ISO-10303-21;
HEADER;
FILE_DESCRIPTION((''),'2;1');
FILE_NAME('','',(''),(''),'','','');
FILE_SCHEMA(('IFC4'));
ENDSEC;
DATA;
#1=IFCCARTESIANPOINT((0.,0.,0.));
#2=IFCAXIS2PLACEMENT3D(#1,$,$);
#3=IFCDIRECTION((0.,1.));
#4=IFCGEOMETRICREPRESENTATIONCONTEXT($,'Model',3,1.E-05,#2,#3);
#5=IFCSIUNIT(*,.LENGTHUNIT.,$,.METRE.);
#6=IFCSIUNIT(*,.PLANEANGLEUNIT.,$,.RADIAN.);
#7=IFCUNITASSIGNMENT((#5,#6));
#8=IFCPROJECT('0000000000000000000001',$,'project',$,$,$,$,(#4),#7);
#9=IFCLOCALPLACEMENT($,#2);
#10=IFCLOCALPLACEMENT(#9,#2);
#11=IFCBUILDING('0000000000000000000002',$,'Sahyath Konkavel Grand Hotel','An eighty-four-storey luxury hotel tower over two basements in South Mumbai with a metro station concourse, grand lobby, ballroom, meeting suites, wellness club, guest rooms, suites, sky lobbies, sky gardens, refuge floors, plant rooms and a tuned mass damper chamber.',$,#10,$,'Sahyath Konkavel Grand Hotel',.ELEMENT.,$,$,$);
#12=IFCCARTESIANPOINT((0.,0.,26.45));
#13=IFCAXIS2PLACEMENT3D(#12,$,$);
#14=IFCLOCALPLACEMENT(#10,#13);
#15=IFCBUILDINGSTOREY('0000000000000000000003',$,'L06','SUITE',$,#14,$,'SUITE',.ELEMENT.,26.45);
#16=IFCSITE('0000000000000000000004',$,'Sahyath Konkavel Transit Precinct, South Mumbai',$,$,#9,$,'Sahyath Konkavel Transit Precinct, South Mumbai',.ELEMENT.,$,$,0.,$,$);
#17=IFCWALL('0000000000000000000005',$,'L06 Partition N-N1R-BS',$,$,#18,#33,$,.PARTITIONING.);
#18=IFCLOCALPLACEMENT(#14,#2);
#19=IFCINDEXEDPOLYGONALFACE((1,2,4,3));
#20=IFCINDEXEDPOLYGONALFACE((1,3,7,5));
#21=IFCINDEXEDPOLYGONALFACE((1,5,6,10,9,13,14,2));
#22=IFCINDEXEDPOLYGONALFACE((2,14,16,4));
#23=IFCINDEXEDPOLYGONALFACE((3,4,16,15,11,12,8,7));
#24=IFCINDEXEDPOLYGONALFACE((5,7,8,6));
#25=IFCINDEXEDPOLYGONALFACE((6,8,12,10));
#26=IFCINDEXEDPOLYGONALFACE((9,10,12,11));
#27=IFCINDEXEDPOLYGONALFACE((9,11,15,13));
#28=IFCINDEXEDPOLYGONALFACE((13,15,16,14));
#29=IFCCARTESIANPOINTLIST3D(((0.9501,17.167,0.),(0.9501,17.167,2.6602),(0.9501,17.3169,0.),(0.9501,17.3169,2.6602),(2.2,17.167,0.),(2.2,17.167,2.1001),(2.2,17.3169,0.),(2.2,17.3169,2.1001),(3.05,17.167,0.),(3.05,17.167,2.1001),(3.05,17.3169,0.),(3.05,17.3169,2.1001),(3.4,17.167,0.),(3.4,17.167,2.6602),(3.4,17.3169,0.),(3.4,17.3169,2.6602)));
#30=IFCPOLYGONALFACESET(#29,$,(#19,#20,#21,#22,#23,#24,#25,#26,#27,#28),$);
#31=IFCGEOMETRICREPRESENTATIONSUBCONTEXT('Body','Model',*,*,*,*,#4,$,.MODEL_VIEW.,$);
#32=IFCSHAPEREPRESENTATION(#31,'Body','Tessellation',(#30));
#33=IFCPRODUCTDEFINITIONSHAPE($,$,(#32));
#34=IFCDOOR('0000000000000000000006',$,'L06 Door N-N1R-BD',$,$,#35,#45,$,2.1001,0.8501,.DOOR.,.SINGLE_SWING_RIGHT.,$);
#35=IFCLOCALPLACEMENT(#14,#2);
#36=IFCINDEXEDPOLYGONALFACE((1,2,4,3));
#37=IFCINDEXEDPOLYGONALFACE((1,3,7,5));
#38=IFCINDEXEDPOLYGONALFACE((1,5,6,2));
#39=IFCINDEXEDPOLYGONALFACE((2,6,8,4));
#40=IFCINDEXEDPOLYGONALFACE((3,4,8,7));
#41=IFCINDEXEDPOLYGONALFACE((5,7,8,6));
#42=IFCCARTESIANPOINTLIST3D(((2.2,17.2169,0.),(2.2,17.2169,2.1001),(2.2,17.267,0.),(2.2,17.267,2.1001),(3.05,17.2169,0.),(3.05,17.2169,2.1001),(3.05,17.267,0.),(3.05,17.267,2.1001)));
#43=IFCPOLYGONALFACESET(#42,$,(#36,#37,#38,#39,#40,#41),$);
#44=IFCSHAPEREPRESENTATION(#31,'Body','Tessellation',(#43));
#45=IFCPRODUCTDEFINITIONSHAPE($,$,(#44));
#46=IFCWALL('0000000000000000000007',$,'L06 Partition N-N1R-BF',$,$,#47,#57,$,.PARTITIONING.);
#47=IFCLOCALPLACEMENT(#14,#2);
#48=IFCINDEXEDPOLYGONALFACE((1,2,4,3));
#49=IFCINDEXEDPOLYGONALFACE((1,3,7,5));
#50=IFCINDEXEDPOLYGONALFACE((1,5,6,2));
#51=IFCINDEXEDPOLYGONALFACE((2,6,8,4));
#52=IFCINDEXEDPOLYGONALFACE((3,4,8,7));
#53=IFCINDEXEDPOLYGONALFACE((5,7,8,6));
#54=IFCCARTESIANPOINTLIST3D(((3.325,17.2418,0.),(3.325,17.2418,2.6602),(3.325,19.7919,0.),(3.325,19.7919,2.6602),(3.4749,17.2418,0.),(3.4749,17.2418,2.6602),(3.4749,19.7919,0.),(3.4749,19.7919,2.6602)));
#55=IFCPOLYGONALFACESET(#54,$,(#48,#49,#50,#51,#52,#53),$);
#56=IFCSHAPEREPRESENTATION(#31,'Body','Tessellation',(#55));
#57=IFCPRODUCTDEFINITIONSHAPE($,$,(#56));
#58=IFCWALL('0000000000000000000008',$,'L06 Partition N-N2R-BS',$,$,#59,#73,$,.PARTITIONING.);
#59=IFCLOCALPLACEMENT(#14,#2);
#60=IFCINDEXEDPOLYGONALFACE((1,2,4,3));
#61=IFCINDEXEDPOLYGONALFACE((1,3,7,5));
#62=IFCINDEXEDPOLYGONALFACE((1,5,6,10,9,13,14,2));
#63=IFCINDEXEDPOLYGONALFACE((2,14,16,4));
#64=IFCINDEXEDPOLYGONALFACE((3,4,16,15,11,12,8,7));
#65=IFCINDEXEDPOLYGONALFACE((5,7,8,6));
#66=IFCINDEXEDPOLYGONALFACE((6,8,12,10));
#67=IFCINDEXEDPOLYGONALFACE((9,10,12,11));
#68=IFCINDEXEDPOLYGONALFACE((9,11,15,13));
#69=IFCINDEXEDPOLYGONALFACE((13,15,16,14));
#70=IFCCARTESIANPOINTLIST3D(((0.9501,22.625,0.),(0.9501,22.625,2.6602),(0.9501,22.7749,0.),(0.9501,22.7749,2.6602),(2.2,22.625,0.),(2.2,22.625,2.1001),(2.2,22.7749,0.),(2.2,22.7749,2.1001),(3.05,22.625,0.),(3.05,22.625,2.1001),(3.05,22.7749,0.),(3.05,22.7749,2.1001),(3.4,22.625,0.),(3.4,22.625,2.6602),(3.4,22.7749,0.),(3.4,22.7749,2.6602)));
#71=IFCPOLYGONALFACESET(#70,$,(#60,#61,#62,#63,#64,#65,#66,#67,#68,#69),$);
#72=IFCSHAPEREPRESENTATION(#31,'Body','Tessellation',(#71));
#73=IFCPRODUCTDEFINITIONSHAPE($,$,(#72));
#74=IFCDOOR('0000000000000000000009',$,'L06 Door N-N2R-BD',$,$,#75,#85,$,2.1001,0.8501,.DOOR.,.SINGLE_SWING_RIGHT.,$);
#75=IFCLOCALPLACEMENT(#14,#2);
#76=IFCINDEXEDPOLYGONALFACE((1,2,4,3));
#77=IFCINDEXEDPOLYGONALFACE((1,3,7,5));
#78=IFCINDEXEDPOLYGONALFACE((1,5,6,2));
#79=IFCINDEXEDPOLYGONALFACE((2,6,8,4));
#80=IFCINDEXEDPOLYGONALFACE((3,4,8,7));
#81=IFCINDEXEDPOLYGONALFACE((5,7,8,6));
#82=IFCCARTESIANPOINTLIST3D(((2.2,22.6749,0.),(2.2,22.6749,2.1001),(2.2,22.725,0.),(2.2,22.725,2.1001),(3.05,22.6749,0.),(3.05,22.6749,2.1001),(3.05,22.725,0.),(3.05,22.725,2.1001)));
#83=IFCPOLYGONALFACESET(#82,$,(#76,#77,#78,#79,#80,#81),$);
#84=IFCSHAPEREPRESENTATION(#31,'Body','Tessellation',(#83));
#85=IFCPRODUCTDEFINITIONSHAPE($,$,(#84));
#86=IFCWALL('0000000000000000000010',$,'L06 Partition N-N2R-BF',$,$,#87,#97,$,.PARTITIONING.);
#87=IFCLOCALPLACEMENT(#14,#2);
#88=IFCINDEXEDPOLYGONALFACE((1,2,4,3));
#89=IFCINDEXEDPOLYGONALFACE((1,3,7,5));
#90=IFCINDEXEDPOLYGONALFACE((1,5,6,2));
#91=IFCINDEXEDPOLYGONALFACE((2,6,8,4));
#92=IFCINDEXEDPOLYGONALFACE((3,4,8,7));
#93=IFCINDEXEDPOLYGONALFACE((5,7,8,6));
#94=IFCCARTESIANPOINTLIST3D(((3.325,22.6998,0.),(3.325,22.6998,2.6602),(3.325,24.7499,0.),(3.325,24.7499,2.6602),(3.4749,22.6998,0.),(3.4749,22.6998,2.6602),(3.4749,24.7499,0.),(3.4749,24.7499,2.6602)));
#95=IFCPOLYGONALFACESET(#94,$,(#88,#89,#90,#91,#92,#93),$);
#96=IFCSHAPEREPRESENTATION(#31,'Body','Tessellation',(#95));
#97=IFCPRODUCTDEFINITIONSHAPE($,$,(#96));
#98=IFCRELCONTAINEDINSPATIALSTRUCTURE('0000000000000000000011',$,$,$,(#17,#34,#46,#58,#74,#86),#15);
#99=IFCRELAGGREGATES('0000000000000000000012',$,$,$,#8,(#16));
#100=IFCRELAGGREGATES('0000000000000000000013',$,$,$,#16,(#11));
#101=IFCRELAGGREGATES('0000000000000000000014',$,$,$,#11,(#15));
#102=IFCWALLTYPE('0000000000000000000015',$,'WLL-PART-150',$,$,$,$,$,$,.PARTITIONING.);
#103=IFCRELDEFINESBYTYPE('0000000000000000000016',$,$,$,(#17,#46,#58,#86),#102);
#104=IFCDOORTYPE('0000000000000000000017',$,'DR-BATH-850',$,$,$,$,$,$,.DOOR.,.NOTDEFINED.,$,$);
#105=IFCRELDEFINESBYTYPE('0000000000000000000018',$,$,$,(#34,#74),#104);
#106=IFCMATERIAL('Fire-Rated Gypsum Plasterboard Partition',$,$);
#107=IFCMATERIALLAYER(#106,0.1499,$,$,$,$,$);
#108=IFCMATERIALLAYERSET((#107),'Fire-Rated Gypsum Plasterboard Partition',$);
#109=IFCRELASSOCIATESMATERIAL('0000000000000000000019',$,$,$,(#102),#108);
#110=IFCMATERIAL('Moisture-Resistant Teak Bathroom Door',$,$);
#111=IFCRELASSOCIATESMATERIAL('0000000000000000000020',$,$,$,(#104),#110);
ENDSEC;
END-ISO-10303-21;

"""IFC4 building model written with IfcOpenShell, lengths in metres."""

from ifc_helpers import new_model, si_unit, direction, frame, frame_2d, origin, origin_2d, place, context, subcontext, project, spatial, rectangle, extrude, source, transform, mapped, material, layer, layer_set, type_object, element, fill, save


model = new_model("IFC4")

# Units and contexts
model_context = context("Model", 3, precision=1e-05, world=origin(), true_north=direction((0.0, 1.0)))
body_context = subcontext(model_context, "Body", "Model", "MODEL_VIEW")
ifc_project = project(units=[si_unit("LENGTHUNIT", "METRE"), si_unit("PLANEANGLEUNIT", "RADIAN")], contexts=[model_context])

# Site, building, storey
site_placement = place(None, origin())
site = spatial("IfcSite", under=ifc_project, at=site_placement, Name="Sahyath Konkavel Transit Precinct, South Mumbai", LongName="Sahyath Konkavel Transit Precinct, South Mumbai", CompositionType="ELEMENT", RefElevation=0.0)
building_placement = place(site_placement, origin())
building = spatial("IfcBuilding", under=site, at=building_placement, Name="Sahyath Konkavel Grand Hotel", Description="An eighty-four-storey luxury hotel tower over two basements in South Mumbai with a metro station concourse, grand lobby, ballroom, meeting suites, wellness club, guest rooms, suites, sky lobbies, sky gardens, refuge floors, plant rooms and a tuned mass damper chamber.", LongName="Sahyath Konkavel Grand Hotel", CompositionType="ELEMENT")
storey_placement = place(building_placement, frame((0.0, 0.0, 26.45)))
storey = spatial("IfcBuildingStorey", under=building, at=storey_placement, Name="L06", Description="SUITE", LongName="SUITE", CompositionType="ELEMENT", Elevation=26.45)

# Shared definitions
ifc_material_1 = material(Name="Fire-Rated Gypsum Plasterboard Partition")
ifc_layer_1 = layer(ifc_material_1, 0.1499)
ifc_layer_set_1 = layer_set([ifc_layer_1], Name="Fire-Rated Gypsum Plasterboard Partition")
wall_type_1 = type_object("IfcWallType", Name="WLL-PART-150", PredefinedType="PARTITIONING", material=ifc_layer_set_1)
shared_shape_1 = source(origin(), body_context, "Body", "SweptSolid", [
    extrude(rectangle(XDim=0.8501, YDim=0.05, at=origin_2d()), origin(), (0.0, 0.0, 1.0), 2.1001),
])

# Wall, opening, door
wall_1_placement = place(storey_placement, frame((0.95, 17.2419, 0.0), z_axis=(0.0, 0.0, 1.0), x_axis=(1.0, 0.0, 0.0)))
wall_1 = element("IfcWall", 1, at=wall_1_placement, inside=storey, type_object=wall_type_1, Name="L06 Partition N-N1R-BS", PredefinedType="PARTITIONING", context=body_context, shape_type="SweptSolid", body=[
    extrude(rectangle(XDim=2.45, YDim=0.1499, at=frame_2d((1.2251, 0.0))), origin(), (0.0, 0.0, 1.0), 2.6602),
])
opening_1_placement = place(wall_1_placement, frame((1.25, 0.0, 0.0)))
opening_1 = element("IfcOpeningElement", 2, at=opening_1_placement, cuts=wall_1, PredefinedType="OPENING", context=body_context, shape_type="SweptSolid", body=[
    extrude(rectangle(XDim=0.8501, YDim=2.1001, at=frame_2d((0.425, 1.05))), frame((0.0, 0.085, 0.0), z_axis=(0.0, -1.0, 0.0), x_axis=(1.0, 0.0, 0.0)), (0.0, 0.0, 1.0), 0.1699),
])
ifc_material_2 = material(Name="Moisture-Resistant Teak Bathroom Door")
door_type_1 = type_object("IfcDoorType", Name="DR-BATH-850", OperationType="NOTDEFINED", PredefinedType="DOOR", material=ifc_material_2)
door_1_placement = place(opening_1_placement, frame((0.425, 0.0, 0.0)))
door_1 = element("IfcDoor", 3, at=door_1_placement, inside=storey, type_object=door_type_1, Name="L06 Door N-N1R-BD", OperationType="SINGLE_SWING_RIGHT", OverallHeight=2.1001, OverallWidth=0.8501, PredefinedType="DOOR", context=body_context, shape_type="MappedRepresentation", body=[
    mapped(shared_shape_1, transform((0.0, 0.0, 0.0), scale=1.0)),
])
fill(opening_1, door_1)

# Wall
wall_2_placement = place(storey_placement, frame((3.3999, 17.2419, 0.0), z_axis=(0.0, 0.0, 1.0), x_axis=(0.0, 1.0, 0.0)))
element("IfcWall", 4, at=wall_2_placement, inside=storey, type_object=wall_type_1, Name="L06 Partition N-N1R-BF", PredefinedType="PARTITIONING", context=body_context, shape_type="SweptSolid", body=[
    extrude(rectangle(XDim=2.55, YDim=0.1499, at=frame_2d((1.2749, 0.0))), origin(), (0.0, 0.0, 1.0), 2.6602),
])

# Wall, opening, door
wall_3_placement = place(storey_placement, frame((0.95, 22.7, 0.0), z_axis=(0.0, 0.0, 1.0), x_axis=(1.0, 0.0, 0.0)))
wall_3 = element("IfcWall", 5, at=wall_3_placement, inside=storey, type_object=wall_type_1, Name="L06 Partition N-N2R-BS", PredefinedType="PARTITIONING", context=body_context, shape_type="SweptSolid", body=[
    extrude(rectangle(XDim=2.45, YDim=0.1499, at=frame_2d((1.2251, 0.0))), origin(), (0.0, 0.0, 1.0), 2.6602),
])
opening_2_placement = place(wall_3_placement, frame((1.25, 0.0, 0.0)))
opening_2 = element("IfcOpeningElement", 6, at=opening_2_placement, cuts=wall_3, PredefinedType="OPENING", context=body_context, shape_type="SweptSolid", body=[
    extrude(rectangle(XDim=0.8501, YDim=2.1001, at=frame_2d((0.425, 1.05))), frame((0.0, 0.085, 0.0), z_axis=(0.0, -1.0, 0.0), x_axis=(1.0, 0.0, 0.0)), (0.0, 0.0, 1.0), 0.1699),
])
door_2_placement = place(opening_2_placement, frame((0.425, 0.0, 0.0)))
door_2 = element("IfcDoor", 7, at=door_2_placement, inside=storey, type_object=door_type_1, Name="L06 Door N-N2R-BD", OperationType="SINGLE_SWING_RIGHT", OverallHeight=2.1001, OverallWidth=0.8501, PredefinedType="DOOR", context=body_context, shape_type="MappedRepresentation", body=[
    mapped(shared_shape_1, transform((0.0, 0.0, 0.0), scale=1.0)),
])
fill(opening_2, door_2)

# Wall
wall_4_placement = place(storey_placement, frame((3.3999, 22.7, 0.0), z_axis=(0.0, 0.0, 1.0), x_axis=(0.0, 1.0, 0.0)))
element("IfcWall", 8, at=wall_4_placement, inside=storey, type_object=wall_type_1, Name="L06 Partition N-N2R-BF", PredefinedType="PARTITIONING", context=body_context, shape_type="SweptSolid", body=[
    extrude(rectangle(XDim=2.05, YDim=0.1499, at=frame_2d((1.0249, 0.0))), origin(), (0.0, 0.0, 1.0), 2.6602),
])

save(model, "model.ifc")
